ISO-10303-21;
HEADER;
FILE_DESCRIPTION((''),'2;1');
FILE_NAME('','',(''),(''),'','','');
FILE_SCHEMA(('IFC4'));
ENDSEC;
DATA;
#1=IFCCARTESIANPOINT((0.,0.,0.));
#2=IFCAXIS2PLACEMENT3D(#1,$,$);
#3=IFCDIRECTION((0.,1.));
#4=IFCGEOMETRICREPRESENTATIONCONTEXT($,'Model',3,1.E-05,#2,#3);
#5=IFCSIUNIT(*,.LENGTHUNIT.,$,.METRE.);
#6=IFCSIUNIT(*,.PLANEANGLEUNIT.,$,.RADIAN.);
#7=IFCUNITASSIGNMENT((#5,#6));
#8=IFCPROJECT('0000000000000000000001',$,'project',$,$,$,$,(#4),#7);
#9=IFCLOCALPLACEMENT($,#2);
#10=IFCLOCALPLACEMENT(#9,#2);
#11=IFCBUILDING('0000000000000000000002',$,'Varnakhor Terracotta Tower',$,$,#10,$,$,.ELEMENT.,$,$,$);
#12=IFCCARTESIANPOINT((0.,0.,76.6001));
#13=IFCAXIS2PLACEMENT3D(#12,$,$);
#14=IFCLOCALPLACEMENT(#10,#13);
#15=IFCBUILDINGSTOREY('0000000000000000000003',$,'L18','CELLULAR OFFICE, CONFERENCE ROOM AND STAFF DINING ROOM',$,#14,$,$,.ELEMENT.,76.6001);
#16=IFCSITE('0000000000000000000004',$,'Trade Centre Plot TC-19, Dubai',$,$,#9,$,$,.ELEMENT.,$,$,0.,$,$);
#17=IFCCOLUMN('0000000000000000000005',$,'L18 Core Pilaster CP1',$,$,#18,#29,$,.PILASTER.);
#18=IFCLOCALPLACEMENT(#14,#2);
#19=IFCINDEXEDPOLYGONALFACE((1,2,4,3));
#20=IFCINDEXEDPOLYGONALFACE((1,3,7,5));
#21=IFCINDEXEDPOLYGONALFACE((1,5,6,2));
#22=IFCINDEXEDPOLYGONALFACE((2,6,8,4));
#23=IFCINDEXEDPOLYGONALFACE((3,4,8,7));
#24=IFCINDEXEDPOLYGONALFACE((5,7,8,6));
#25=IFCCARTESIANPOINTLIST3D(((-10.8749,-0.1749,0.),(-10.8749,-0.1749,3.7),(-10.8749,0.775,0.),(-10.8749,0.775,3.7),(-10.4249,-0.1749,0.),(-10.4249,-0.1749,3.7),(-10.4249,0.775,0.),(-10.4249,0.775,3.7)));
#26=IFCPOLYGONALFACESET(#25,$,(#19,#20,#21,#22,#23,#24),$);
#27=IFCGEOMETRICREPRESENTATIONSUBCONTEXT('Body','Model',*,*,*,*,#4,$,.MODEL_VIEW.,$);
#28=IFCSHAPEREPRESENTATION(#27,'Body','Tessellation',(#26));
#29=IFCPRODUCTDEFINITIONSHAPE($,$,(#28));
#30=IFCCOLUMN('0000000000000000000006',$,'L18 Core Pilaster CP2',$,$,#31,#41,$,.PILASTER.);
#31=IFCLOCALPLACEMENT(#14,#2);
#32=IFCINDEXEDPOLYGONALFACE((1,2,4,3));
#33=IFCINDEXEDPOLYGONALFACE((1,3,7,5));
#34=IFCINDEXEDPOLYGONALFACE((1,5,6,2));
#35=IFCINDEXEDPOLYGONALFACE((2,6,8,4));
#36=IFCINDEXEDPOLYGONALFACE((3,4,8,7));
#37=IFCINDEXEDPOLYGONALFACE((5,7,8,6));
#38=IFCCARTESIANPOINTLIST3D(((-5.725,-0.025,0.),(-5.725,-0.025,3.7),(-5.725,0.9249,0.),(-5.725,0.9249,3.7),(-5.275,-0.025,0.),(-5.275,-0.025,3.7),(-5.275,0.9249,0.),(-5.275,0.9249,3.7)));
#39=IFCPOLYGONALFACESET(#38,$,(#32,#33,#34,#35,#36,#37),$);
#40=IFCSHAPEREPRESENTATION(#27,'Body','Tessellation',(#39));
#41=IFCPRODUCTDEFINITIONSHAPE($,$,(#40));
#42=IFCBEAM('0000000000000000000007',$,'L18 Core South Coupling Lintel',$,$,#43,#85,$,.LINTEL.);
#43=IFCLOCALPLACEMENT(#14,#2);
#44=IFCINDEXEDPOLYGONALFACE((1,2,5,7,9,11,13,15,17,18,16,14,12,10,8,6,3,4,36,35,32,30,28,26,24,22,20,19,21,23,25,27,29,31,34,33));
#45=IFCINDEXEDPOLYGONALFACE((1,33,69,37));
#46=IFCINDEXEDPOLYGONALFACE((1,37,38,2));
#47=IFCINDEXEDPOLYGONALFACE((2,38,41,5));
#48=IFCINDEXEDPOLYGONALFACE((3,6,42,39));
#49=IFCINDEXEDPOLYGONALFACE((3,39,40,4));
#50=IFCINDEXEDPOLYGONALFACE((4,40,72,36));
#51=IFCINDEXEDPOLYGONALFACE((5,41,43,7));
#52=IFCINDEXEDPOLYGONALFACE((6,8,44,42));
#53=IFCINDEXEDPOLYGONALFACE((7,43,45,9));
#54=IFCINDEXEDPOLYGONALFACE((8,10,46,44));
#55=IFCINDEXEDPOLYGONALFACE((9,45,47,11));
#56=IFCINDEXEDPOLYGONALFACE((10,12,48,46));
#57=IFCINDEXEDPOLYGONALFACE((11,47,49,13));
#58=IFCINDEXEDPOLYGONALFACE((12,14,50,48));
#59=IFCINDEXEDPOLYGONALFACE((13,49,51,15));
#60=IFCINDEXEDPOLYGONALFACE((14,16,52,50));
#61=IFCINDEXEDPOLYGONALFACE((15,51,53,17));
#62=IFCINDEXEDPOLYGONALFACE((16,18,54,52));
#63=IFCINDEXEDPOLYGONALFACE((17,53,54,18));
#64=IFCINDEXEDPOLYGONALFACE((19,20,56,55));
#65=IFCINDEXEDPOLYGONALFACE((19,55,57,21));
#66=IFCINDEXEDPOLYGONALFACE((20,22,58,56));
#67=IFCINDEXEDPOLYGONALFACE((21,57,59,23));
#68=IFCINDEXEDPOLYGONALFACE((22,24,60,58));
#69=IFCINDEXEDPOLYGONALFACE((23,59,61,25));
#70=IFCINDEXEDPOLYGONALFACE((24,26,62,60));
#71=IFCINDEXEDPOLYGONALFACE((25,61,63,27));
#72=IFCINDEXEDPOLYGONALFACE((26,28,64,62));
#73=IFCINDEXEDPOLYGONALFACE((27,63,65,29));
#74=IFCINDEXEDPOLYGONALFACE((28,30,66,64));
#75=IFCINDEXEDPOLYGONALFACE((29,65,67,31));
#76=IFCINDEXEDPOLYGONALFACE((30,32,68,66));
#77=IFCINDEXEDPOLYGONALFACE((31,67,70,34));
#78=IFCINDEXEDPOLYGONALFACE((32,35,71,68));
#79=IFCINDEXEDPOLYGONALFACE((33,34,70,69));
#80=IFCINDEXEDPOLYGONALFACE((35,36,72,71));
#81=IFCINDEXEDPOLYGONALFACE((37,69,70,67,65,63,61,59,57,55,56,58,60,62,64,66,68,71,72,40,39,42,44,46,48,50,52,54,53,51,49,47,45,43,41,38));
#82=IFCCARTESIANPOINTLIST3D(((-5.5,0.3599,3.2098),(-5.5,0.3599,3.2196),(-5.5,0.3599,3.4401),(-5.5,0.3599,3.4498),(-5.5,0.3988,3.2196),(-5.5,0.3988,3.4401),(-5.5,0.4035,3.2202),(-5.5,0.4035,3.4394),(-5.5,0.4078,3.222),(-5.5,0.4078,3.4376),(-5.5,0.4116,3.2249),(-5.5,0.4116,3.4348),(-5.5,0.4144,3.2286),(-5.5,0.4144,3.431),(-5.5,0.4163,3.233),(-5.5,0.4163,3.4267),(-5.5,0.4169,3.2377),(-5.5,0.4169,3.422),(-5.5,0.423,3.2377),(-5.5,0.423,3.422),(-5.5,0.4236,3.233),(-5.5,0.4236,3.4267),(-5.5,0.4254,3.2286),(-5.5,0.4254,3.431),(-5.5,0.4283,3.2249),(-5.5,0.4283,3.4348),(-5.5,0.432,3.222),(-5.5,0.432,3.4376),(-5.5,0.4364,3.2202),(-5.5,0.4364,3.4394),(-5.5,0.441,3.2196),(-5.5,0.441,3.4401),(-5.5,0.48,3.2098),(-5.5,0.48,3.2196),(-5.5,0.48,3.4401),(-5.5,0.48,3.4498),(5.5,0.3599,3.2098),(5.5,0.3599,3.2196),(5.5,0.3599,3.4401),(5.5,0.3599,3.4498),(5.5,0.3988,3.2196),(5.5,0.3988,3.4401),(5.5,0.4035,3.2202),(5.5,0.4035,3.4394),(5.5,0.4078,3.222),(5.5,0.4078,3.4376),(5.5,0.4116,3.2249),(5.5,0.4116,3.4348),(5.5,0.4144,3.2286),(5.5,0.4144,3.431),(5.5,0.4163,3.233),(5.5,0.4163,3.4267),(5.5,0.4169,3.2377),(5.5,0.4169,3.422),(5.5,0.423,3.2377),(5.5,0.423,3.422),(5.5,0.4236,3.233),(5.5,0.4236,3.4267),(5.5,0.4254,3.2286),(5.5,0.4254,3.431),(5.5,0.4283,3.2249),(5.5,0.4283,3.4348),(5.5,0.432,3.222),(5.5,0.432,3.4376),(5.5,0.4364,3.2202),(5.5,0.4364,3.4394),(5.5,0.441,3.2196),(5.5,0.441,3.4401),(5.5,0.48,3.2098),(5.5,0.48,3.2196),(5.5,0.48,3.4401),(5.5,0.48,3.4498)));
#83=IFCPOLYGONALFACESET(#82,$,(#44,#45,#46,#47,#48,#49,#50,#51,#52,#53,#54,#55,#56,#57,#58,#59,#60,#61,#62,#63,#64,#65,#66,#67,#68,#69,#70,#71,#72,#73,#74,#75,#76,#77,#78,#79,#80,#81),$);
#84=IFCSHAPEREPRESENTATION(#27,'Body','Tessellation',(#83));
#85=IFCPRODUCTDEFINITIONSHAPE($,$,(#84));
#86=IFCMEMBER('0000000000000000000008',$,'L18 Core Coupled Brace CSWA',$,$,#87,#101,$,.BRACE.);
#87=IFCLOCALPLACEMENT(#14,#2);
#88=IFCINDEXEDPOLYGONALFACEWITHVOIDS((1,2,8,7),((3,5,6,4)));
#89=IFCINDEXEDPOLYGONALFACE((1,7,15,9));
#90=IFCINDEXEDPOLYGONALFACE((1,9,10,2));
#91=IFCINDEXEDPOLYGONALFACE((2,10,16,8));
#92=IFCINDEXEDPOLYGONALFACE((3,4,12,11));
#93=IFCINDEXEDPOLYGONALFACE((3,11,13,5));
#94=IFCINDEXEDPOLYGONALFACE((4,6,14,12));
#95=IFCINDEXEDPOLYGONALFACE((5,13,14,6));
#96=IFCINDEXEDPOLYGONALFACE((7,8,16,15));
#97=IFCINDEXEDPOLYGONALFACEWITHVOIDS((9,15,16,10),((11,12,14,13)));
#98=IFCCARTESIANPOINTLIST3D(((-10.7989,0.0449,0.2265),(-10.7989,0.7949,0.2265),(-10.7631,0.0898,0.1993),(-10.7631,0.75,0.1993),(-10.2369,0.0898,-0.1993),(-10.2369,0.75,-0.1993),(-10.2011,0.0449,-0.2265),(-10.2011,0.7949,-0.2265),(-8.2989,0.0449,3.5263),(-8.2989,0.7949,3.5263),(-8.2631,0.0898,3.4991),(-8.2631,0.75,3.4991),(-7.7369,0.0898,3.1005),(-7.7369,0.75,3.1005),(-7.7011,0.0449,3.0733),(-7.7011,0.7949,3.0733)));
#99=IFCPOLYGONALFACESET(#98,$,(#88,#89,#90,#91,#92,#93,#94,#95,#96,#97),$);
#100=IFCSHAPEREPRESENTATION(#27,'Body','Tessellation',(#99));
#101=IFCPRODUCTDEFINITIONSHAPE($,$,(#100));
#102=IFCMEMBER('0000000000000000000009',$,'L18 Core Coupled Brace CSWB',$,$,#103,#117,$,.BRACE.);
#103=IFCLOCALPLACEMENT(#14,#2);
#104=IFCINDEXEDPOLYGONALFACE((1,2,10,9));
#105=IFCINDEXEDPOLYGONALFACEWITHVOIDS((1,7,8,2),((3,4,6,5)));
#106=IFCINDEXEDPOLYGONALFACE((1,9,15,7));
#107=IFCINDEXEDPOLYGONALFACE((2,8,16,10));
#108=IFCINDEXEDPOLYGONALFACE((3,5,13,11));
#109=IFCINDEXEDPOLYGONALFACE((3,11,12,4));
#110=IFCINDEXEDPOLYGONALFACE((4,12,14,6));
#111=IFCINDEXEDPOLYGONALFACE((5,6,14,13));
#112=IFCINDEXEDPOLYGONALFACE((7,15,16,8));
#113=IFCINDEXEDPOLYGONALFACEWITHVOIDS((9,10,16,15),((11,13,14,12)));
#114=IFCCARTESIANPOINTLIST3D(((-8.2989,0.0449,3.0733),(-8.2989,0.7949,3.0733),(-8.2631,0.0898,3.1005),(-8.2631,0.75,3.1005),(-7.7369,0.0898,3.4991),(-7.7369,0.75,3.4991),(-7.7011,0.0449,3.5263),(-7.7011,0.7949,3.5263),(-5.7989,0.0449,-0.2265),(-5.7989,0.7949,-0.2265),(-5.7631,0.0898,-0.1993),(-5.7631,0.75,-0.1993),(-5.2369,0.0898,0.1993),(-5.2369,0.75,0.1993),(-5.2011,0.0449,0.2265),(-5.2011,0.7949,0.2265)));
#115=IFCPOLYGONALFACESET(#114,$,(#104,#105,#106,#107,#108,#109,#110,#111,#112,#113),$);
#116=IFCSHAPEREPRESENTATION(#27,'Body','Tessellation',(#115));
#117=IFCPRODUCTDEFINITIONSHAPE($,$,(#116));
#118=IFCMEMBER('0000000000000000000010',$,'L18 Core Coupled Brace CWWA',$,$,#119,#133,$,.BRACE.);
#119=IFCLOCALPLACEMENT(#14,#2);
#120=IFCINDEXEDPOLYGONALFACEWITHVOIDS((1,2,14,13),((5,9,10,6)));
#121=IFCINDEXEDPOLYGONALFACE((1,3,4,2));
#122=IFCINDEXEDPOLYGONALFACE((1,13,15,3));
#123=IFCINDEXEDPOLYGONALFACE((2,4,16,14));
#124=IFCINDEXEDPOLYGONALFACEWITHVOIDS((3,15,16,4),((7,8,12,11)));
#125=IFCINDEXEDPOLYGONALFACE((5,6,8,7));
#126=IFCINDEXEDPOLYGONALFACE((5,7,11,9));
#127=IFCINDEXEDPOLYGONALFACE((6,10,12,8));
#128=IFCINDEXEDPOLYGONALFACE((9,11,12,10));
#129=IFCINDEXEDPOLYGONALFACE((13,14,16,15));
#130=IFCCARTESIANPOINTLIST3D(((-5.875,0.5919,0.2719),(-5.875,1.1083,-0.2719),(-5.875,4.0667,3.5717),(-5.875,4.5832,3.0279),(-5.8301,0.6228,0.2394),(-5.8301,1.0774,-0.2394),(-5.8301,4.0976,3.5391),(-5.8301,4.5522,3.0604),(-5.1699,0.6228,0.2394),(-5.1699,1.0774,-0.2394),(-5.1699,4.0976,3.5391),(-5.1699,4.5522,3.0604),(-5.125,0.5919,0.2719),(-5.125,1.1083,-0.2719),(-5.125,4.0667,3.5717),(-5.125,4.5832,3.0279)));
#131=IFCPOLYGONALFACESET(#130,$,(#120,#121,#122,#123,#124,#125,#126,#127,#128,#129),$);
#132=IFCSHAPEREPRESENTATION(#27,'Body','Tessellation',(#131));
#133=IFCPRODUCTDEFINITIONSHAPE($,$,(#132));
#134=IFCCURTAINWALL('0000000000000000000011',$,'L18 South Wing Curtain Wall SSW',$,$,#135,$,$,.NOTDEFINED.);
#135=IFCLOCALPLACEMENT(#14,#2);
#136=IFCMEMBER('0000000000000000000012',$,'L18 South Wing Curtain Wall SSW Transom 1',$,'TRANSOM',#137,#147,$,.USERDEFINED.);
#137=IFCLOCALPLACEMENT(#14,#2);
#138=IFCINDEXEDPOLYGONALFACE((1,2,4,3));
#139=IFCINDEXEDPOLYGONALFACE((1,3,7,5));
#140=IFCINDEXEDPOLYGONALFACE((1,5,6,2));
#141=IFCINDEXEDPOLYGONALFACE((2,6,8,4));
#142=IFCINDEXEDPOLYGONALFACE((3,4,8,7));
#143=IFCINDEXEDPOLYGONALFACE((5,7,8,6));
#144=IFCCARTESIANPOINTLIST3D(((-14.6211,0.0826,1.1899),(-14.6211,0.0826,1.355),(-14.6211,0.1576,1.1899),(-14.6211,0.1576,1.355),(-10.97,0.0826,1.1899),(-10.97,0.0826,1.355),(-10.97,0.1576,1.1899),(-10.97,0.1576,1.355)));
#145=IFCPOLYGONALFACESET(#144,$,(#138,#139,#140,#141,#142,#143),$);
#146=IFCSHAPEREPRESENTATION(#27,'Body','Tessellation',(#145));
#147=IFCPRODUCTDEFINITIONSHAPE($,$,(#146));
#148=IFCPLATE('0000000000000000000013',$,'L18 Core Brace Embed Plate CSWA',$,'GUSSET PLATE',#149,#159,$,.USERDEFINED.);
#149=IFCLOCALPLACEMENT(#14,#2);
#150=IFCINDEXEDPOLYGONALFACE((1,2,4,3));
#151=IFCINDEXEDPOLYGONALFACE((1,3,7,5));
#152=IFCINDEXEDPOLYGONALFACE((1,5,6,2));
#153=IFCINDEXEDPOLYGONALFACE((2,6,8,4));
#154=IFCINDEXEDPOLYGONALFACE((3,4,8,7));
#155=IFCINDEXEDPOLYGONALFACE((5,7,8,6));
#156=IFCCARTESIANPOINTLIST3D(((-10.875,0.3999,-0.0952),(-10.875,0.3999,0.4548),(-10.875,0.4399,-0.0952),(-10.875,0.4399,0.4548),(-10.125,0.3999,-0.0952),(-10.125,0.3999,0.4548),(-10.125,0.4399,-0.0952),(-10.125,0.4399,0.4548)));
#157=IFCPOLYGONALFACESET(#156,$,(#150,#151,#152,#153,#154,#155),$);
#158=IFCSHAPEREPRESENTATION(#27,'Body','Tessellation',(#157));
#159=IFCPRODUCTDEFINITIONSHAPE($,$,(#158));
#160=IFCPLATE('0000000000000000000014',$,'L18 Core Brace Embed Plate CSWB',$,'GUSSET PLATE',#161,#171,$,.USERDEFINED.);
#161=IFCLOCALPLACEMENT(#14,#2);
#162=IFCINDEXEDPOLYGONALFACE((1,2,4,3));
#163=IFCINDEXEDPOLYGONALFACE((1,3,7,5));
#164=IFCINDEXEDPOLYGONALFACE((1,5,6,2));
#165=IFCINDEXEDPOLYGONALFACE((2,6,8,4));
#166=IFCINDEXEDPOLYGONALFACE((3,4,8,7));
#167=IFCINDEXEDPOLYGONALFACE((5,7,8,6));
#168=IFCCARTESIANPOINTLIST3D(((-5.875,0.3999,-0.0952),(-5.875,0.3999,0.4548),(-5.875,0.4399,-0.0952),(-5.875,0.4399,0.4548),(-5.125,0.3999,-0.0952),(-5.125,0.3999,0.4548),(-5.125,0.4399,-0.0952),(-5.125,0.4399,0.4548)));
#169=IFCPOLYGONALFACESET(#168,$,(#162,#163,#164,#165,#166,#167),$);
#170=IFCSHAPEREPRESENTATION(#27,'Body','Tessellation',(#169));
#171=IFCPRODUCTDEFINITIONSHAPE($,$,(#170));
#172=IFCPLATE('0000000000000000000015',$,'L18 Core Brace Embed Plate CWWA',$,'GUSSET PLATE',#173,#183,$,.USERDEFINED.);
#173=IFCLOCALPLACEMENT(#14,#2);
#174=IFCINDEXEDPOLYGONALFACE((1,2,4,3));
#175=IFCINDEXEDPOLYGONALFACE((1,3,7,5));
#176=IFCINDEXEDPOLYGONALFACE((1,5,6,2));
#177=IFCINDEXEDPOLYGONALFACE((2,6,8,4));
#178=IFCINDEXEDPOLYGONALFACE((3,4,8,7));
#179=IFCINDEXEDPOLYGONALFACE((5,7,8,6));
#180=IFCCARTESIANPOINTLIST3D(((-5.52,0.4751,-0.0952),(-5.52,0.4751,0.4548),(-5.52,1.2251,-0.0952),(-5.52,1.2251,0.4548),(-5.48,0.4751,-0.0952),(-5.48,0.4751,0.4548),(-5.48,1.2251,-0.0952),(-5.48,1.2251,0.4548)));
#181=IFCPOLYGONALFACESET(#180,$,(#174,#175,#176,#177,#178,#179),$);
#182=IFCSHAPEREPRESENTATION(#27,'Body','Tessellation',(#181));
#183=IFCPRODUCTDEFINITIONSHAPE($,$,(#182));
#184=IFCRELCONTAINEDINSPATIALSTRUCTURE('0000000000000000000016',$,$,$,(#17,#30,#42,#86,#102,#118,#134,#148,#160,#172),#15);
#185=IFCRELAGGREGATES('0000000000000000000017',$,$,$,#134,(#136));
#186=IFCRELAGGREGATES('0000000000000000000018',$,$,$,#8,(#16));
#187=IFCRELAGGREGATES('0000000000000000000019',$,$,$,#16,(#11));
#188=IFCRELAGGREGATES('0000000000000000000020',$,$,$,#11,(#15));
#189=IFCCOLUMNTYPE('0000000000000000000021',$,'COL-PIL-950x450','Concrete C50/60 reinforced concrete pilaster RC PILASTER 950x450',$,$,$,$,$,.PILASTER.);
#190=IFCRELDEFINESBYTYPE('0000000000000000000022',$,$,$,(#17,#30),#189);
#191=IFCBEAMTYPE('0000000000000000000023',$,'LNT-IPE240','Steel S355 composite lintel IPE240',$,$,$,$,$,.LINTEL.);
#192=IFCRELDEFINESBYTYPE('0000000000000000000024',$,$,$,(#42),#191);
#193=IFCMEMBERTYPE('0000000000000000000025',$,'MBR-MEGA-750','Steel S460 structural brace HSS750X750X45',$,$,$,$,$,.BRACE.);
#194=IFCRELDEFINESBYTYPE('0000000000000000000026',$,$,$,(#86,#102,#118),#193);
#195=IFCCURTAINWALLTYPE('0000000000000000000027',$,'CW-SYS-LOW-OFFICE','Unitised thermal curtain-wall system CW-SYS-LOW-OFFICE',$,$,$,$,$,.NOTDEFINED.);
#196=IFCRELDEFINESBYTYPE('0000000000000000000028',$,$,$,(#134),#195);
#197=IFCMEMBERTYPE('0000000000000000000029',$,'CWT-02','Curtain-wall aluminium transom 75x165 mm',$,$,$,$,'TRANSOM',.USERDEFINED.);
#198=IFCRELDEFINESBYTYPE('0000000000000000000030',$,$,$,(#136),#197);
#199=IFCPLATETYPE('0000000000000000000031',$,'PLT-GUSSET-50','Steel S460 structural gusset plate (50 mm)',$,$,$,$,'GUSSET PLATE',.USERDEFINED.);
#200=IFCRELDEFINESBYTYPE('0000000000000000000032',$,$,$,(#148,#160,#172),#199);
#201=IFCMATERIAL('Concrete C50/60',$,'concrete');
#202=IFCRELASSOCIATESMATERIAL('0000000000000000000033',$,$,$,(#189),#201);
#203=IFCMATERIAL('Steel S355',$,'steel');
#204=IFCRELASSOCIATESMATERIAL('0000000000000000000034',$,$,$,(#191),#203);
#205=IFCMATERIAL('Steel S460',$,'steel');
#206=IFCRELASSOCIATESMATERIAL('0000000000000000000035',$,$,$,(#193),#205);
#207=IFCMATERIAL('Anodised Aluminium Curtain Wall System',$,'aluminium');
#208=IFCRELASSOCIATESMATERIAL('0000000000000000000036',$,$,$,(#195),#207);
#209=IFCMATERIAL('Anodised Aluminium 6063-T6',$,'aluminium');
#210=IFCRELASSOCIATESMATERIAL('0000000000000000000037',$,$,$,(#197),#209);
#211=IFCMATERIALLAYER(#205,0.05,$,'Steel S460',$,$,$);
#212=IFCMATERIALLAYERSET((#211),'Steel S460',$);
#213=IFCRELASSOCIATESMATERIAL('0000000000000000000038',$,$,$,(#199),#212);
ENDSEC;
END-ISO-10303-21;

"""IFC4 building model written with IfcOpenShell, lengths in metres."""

from ifc_helpers import new_model, si_unit, direction, frame, origin, origin_2d, place, context, subcontext, project, spatial, rectangle, hollow_rectangle, i_section, extrude, source, transform, mapped, material, layer, layer_set, material_profile, profile_set, type_object, type_shapes, element, aggregate, save


model = new_model("IFC4")

# Units and contexts
model_context = context("Model", 3, precision=1e-05, world=origin(), true_north=direction((0.0, 1.0)))
body_context = subcontext(model_context, "Body", "Model", "MODEL_VIEW")
ifc_project = project(units=[si_unit("LENGTHUNIT", "METRE"), si_unit("PLANEANGLEUNIT", "RADIAN")], contexts=[model_context])

# Site, building, storey
site_placement = place(None, origin())
site = spatial("IfcSite", under=ifc_project, at=site_placement, Name="Trade Centre Plot TC-19, Dubai", CompositionType="ELEMENT", RefElevation=0.0)
building_placement = place(site_placement, origin())
building = spatial("IfcBuilding", under=site, at=building_placement, Name="Varnakhor Terracotta Tower", CompositionType="ELEMENT")
storey_placement = place(building_placement, frame((0.0, 0.0, 76.6001)))
storey = spatial("IfcBuildingStorey", under=building, at=storey_placement, Name="L18", Description="CELLULAR OFFICE, CONFERENCE ROOM AND STAFF DINING ROOM", CompositionType="ELEMENT", Elevation=76.6001)

# Columns
ifc_material_1 = material(Name="Concrete C50/60", Category="concrete")
ifc_material_profile_1 = material_profile(ifc_material_1, rectangle(XDim=0.45, YDim=0.95, at=origin_2d()), Name="RC PILASTER 950x450")
ifc_profile_set_1 = profile_set([ifc_material_profile_1], Name="Concrete C50/60")
column_type = type_object("IfcColumnType", Name="COL-PIL-950x450", Description="Concrete C50/60 reinforced concrete pilaster RC PILASTER 950x450", PredefinedType="PILASTER", material=ifc_profile_set_1)
shared_shape_1 = source(origin(), body_context, "Body", "SweptSolid", [
    extrude(rectangle(XDim=0.45, YDim=0.95, at=origin_2d()), origin(), (0.0, 0.0, 1.0), 3.7),
])
for number, where, z_axis, x_axis, name in (
    (1, (-10.6499, 0.3, 0.0), (0.0, 0.0, 1.0), (1.0, 0.0, 0.0), "L18 Core Pilaster CP1"),
    (2, (-5.5, 0.45, 0.0), (0.0, 0.0, 1.0), (1.0, 0.0, 0.0), "L18 Core Pilaster CP2"),
):
    element("IfcColumn", number, at=place(storey_placement, frame(where, z_axis=z_axis, x_axis=x_axis)), inside=storey, type_object=column_type, Name=name, PredefinedType="PILASTER", context=body_context, shape_type="MappedRepresentation", body=[
        mapped(shared_shape_1, transform((0.0, 0.0, 0.0), scale=1.0)),
    ])

# Beam
ifc_material_2 = material(Name="Steel S355", Category="steel")
ifc_material_profile_2 = material_profile(ifc_material_2, i_section(OverallWidth=0.1201, OverallDepth=0.24, WebThickness=0.0061, FlangeThickness=0.0098, FilletRadius=0.0181, at=origin_2d()), Name="IPE240")
ifc_profile_set_2 = profile_set([ifc_material_profile_2], Name="Steel S355")
beam_type = type_object("IfcBeamType", Name="LNT-IPE240", Description="Steel S355 composite lintel IPE240", PredefinedType="LINTEL", material=ifc_profile_set_2)
shared_shape_2 = source(origin(), body_context, "Body", "SweptSolid", [
    extrude(i_section(OverallWidth=0.1201, OverallDepth=0.24, WebThickness=0.0061, FlangeThickness=0.0098, FilletRadius=0.0181, at=origin_2d()), origin(), (0.0, 0.0, 1.0), 11.0),
])
type_shapes(beam_type, [shared_shape_2])
beam_placement = place(storey_placement, frame((-5.5, 0.4199, 3.3298), z_axis=(1.0, 0.0, 0.0), x_axis=(0.0, 1.0, 0.0)))
element("IfcBeam", 3, at=beam_placement, inside=storey, type_object=beam_type, Name="L18 Core South Coupling Lintel", PredefinedType="LINTEL", context=body_context, shape_type="MappedRepresentation", body=[
    mapped(shared_shape_2, transform((0.0, 0.0, 0.0), scale=1.0)),
])

# Members
ifc_material_3 = material(Name="Steel S460", Category="steel")
ifc_material_profile_3 = material_profile(ifc_material_3, hollow_rectangle(XDim=0.75, YDim=0.75, WallThickness=0.0449, at=origin_2d()), Name="HSS750X750X45")
ifc_profile_set_3 = profile_set([ifc_material_profile_3], Name="Steel S460")
member_type_1 = type_object("IfcMemberType", Name="MBR-MEGA-750", Description="Steel S460 structural brace HSS750X750X45", PredefinedType="BRACE", material=ifc_profile_set_3)
shared_shape_3 = source(origin(), body_context, "Body", "SweptSolid", [
    extrude(hollow_rectangle(XDim=0.75, YDim=0.75, WallThickness=0.0449, at=origin_2d()), origin(), (0.0, 0.0, 1.0), 4.1399),
])
for number, where, z_axis, x_axis, name in (
    (4, (-10.5, 0.4199, 0.0), (0.60388, 0.0, 0.797075), (0.0, 1.0, 0.0), "L18 Core Coupled Brace CSWA"),
    (5, (-5.5, 0.4199, 0.0), (-0.60388, 0.0, 0.797075), (0.0, -1.0, 0.0), "L18 Core Coupled Brace CSWB"),
):
    element("IfcMember", number, at=place(storey_placement, frame(where, z_axis=z_axis, x_axis=x_axis)), inside=storey, type_object=member_type_1, Name=name, PredefinedType="BRACE", context=body_context, shape_type="MappedRepresentation", body=[
        mapped(shared_shape_3, transform((0.0, 0.0, 0.0), scale=1.0)),
    ])
shared_shape_4 = source(origin(), body_context, "Body", "SweptSolid", [
    extrude(hollow_rectangle(XDim=0.75, YDim=0.75, WallThickness=0.0449, at=origin_2d()), origin(), (0.0, 0.0, 1.0), 4.792),
])
member_1_placement = place(storey_placement, frame((-5.5, 0.8501, 0.0), z_axis=(0.0, 0.725136, 0.688606), x_axis=(-1.0, 0.0, 0.0)))
element("IfcMember", 6, at=member_1_placement, inside=storey, type_object=member_type_1, Name="L18 Core Coupled Brace CWWA", PredefinedType="BRACE", context=body_context, shape_type="MappedRepresentation", body=[
    mapped(shared_shape_4, transform((0.0, 0.0, 0.0), scale=1.0)),
])

# Curtain wall, member
ifc_material_4 = material(Name="Anodised Aluminium Curtain Wall System", Category="aluminium")
curtain_wall_type = type_object("IfcCurtainWallType", Name="CW-SYS-LOW-OFFICE", Description="Unitised thermal curtain-wall system CW-SYS-LOW-OFFICE", PredefinedType="NOTDEFINED", material=ifc_material_4)
curtain_wall_placement = place(storey_placement, origin())
curtain_wall = element("IfcCurtainWall", 7, at=curtain_wall_placement, inside=storey, type_object=curtain_wall_type, Name="L18 South Wing Curtain Wall SSW", PredefinedType="NOTDEFINED")
ifc_material_5 = material(Name="Anodised Aluminium 6063-T6", Category="aluminium")
ifc_material_profile_4 = material_profile(ifc_material_5, rectangle(XDim=0.075, YDim=0.165, at=origin_2d()), Name="ALU TRANSOM 75x165")
ifc_profile_set_4 = profile_set([ifc_material_profile_4], Name="Anodised Aluminium 6063-T6")
member_type_2 = type_object("IfcMemberType", Name="CWT-02", Description="Curtain-wall aluminium transom 75x165 mm", ElementType="TRANSOM", PredefinedType="USERDEFINED", material=ifc_profile_set_4)
shared_shape_5 = source(origin(), body_context, "Body", "SweptSolid", [
    extrude(rectangle(XDim=0.075, YDim=0.165, at=origin_2d()), origin(), (0.0, 0.0, 1.0), 3.6511),
])
member_2_placement = place(storey_placement, frame((-10.97, 0.1201, 1.2725), z_axis=(-1.0, 0.0, 0.0), x_axis=(0.0, -1.0, 0.0)))
member_2 = element("IfcMember", 8, at=member_2_placement, type_object=member_type_2, Name="L18 South Wing Curtain Wall SSW Transom 1", ObjectType="TRANSOM", PredefinedType="USERDEFINED", context=body_context, shape_type="MappedRepresentation", body=[
    mapped(shared_shape_5, transform((0.0, 0.0, 0.0), scale=1.0)),
])
aggregate(curtain_wall, [member_2])

# Plates
ifc_layer_1 = layer(ifc_material_3, 0.05, Name="Steel S460")
ifc_layer_set_1 = layer_set([ifc_layer_1], Name="Steel S460")
plate_type = type_object("IfcPlateType", Name="PLT-GUSSET-50", Description="Steel S460 structural gusset plate (50 mm)", ElementType="GUSSET PLATE", PredefinedType="USERDEFINED", material=ifc_layer_set_1)
shared_shape_6 = source(origin(), body_context, "Body", "SweptSolid", [
    extrude(rectangle(XDim=0.75, YDim=0.04, at=origin_2d()), origin(), (0.0, 0.0, 1.0), 0.55),
])
type_shapes(plate_type, [shared_shape_6])
for number, where, z_axis, x_axis, name in (
    (9, (-10.5, 0.4199, -0.0952), (0.0, 0.0, 1.0), (1.0, 0.0, 0.0), "L18 Core Brace Embed Plate CSWA"),
    (10, (-5.5, 0.4199, -0.0952), (0.0, 0.0, 1.0), (1.0, 0.0, 0.0), "L18 Core Brace Embed Plate CSWB"),
    (11, (-5.5, 0.8501, -0.0952), (0.0, 0.0, 1.0), (0.0, 1.0, 0.0), "L18 Core Brace Embed Plate CWWA"),
):
    element("IfcPlate", number, at=place(storey_placement, frame(where, z_axis=z_axis, x_axis=x_axis)), inside=storey, type_object=plate_type, Name=name, ObjectType="GUSSET PLATE", PredefinedType="USERDEFINED", context=body_context, shape_type="MappedRepresentation", body=[
        mapped(shared_shape_6, transform((0.0, 0.0, 0.0), scale=1.0)),
    ])

save(model, "model.ifc")
